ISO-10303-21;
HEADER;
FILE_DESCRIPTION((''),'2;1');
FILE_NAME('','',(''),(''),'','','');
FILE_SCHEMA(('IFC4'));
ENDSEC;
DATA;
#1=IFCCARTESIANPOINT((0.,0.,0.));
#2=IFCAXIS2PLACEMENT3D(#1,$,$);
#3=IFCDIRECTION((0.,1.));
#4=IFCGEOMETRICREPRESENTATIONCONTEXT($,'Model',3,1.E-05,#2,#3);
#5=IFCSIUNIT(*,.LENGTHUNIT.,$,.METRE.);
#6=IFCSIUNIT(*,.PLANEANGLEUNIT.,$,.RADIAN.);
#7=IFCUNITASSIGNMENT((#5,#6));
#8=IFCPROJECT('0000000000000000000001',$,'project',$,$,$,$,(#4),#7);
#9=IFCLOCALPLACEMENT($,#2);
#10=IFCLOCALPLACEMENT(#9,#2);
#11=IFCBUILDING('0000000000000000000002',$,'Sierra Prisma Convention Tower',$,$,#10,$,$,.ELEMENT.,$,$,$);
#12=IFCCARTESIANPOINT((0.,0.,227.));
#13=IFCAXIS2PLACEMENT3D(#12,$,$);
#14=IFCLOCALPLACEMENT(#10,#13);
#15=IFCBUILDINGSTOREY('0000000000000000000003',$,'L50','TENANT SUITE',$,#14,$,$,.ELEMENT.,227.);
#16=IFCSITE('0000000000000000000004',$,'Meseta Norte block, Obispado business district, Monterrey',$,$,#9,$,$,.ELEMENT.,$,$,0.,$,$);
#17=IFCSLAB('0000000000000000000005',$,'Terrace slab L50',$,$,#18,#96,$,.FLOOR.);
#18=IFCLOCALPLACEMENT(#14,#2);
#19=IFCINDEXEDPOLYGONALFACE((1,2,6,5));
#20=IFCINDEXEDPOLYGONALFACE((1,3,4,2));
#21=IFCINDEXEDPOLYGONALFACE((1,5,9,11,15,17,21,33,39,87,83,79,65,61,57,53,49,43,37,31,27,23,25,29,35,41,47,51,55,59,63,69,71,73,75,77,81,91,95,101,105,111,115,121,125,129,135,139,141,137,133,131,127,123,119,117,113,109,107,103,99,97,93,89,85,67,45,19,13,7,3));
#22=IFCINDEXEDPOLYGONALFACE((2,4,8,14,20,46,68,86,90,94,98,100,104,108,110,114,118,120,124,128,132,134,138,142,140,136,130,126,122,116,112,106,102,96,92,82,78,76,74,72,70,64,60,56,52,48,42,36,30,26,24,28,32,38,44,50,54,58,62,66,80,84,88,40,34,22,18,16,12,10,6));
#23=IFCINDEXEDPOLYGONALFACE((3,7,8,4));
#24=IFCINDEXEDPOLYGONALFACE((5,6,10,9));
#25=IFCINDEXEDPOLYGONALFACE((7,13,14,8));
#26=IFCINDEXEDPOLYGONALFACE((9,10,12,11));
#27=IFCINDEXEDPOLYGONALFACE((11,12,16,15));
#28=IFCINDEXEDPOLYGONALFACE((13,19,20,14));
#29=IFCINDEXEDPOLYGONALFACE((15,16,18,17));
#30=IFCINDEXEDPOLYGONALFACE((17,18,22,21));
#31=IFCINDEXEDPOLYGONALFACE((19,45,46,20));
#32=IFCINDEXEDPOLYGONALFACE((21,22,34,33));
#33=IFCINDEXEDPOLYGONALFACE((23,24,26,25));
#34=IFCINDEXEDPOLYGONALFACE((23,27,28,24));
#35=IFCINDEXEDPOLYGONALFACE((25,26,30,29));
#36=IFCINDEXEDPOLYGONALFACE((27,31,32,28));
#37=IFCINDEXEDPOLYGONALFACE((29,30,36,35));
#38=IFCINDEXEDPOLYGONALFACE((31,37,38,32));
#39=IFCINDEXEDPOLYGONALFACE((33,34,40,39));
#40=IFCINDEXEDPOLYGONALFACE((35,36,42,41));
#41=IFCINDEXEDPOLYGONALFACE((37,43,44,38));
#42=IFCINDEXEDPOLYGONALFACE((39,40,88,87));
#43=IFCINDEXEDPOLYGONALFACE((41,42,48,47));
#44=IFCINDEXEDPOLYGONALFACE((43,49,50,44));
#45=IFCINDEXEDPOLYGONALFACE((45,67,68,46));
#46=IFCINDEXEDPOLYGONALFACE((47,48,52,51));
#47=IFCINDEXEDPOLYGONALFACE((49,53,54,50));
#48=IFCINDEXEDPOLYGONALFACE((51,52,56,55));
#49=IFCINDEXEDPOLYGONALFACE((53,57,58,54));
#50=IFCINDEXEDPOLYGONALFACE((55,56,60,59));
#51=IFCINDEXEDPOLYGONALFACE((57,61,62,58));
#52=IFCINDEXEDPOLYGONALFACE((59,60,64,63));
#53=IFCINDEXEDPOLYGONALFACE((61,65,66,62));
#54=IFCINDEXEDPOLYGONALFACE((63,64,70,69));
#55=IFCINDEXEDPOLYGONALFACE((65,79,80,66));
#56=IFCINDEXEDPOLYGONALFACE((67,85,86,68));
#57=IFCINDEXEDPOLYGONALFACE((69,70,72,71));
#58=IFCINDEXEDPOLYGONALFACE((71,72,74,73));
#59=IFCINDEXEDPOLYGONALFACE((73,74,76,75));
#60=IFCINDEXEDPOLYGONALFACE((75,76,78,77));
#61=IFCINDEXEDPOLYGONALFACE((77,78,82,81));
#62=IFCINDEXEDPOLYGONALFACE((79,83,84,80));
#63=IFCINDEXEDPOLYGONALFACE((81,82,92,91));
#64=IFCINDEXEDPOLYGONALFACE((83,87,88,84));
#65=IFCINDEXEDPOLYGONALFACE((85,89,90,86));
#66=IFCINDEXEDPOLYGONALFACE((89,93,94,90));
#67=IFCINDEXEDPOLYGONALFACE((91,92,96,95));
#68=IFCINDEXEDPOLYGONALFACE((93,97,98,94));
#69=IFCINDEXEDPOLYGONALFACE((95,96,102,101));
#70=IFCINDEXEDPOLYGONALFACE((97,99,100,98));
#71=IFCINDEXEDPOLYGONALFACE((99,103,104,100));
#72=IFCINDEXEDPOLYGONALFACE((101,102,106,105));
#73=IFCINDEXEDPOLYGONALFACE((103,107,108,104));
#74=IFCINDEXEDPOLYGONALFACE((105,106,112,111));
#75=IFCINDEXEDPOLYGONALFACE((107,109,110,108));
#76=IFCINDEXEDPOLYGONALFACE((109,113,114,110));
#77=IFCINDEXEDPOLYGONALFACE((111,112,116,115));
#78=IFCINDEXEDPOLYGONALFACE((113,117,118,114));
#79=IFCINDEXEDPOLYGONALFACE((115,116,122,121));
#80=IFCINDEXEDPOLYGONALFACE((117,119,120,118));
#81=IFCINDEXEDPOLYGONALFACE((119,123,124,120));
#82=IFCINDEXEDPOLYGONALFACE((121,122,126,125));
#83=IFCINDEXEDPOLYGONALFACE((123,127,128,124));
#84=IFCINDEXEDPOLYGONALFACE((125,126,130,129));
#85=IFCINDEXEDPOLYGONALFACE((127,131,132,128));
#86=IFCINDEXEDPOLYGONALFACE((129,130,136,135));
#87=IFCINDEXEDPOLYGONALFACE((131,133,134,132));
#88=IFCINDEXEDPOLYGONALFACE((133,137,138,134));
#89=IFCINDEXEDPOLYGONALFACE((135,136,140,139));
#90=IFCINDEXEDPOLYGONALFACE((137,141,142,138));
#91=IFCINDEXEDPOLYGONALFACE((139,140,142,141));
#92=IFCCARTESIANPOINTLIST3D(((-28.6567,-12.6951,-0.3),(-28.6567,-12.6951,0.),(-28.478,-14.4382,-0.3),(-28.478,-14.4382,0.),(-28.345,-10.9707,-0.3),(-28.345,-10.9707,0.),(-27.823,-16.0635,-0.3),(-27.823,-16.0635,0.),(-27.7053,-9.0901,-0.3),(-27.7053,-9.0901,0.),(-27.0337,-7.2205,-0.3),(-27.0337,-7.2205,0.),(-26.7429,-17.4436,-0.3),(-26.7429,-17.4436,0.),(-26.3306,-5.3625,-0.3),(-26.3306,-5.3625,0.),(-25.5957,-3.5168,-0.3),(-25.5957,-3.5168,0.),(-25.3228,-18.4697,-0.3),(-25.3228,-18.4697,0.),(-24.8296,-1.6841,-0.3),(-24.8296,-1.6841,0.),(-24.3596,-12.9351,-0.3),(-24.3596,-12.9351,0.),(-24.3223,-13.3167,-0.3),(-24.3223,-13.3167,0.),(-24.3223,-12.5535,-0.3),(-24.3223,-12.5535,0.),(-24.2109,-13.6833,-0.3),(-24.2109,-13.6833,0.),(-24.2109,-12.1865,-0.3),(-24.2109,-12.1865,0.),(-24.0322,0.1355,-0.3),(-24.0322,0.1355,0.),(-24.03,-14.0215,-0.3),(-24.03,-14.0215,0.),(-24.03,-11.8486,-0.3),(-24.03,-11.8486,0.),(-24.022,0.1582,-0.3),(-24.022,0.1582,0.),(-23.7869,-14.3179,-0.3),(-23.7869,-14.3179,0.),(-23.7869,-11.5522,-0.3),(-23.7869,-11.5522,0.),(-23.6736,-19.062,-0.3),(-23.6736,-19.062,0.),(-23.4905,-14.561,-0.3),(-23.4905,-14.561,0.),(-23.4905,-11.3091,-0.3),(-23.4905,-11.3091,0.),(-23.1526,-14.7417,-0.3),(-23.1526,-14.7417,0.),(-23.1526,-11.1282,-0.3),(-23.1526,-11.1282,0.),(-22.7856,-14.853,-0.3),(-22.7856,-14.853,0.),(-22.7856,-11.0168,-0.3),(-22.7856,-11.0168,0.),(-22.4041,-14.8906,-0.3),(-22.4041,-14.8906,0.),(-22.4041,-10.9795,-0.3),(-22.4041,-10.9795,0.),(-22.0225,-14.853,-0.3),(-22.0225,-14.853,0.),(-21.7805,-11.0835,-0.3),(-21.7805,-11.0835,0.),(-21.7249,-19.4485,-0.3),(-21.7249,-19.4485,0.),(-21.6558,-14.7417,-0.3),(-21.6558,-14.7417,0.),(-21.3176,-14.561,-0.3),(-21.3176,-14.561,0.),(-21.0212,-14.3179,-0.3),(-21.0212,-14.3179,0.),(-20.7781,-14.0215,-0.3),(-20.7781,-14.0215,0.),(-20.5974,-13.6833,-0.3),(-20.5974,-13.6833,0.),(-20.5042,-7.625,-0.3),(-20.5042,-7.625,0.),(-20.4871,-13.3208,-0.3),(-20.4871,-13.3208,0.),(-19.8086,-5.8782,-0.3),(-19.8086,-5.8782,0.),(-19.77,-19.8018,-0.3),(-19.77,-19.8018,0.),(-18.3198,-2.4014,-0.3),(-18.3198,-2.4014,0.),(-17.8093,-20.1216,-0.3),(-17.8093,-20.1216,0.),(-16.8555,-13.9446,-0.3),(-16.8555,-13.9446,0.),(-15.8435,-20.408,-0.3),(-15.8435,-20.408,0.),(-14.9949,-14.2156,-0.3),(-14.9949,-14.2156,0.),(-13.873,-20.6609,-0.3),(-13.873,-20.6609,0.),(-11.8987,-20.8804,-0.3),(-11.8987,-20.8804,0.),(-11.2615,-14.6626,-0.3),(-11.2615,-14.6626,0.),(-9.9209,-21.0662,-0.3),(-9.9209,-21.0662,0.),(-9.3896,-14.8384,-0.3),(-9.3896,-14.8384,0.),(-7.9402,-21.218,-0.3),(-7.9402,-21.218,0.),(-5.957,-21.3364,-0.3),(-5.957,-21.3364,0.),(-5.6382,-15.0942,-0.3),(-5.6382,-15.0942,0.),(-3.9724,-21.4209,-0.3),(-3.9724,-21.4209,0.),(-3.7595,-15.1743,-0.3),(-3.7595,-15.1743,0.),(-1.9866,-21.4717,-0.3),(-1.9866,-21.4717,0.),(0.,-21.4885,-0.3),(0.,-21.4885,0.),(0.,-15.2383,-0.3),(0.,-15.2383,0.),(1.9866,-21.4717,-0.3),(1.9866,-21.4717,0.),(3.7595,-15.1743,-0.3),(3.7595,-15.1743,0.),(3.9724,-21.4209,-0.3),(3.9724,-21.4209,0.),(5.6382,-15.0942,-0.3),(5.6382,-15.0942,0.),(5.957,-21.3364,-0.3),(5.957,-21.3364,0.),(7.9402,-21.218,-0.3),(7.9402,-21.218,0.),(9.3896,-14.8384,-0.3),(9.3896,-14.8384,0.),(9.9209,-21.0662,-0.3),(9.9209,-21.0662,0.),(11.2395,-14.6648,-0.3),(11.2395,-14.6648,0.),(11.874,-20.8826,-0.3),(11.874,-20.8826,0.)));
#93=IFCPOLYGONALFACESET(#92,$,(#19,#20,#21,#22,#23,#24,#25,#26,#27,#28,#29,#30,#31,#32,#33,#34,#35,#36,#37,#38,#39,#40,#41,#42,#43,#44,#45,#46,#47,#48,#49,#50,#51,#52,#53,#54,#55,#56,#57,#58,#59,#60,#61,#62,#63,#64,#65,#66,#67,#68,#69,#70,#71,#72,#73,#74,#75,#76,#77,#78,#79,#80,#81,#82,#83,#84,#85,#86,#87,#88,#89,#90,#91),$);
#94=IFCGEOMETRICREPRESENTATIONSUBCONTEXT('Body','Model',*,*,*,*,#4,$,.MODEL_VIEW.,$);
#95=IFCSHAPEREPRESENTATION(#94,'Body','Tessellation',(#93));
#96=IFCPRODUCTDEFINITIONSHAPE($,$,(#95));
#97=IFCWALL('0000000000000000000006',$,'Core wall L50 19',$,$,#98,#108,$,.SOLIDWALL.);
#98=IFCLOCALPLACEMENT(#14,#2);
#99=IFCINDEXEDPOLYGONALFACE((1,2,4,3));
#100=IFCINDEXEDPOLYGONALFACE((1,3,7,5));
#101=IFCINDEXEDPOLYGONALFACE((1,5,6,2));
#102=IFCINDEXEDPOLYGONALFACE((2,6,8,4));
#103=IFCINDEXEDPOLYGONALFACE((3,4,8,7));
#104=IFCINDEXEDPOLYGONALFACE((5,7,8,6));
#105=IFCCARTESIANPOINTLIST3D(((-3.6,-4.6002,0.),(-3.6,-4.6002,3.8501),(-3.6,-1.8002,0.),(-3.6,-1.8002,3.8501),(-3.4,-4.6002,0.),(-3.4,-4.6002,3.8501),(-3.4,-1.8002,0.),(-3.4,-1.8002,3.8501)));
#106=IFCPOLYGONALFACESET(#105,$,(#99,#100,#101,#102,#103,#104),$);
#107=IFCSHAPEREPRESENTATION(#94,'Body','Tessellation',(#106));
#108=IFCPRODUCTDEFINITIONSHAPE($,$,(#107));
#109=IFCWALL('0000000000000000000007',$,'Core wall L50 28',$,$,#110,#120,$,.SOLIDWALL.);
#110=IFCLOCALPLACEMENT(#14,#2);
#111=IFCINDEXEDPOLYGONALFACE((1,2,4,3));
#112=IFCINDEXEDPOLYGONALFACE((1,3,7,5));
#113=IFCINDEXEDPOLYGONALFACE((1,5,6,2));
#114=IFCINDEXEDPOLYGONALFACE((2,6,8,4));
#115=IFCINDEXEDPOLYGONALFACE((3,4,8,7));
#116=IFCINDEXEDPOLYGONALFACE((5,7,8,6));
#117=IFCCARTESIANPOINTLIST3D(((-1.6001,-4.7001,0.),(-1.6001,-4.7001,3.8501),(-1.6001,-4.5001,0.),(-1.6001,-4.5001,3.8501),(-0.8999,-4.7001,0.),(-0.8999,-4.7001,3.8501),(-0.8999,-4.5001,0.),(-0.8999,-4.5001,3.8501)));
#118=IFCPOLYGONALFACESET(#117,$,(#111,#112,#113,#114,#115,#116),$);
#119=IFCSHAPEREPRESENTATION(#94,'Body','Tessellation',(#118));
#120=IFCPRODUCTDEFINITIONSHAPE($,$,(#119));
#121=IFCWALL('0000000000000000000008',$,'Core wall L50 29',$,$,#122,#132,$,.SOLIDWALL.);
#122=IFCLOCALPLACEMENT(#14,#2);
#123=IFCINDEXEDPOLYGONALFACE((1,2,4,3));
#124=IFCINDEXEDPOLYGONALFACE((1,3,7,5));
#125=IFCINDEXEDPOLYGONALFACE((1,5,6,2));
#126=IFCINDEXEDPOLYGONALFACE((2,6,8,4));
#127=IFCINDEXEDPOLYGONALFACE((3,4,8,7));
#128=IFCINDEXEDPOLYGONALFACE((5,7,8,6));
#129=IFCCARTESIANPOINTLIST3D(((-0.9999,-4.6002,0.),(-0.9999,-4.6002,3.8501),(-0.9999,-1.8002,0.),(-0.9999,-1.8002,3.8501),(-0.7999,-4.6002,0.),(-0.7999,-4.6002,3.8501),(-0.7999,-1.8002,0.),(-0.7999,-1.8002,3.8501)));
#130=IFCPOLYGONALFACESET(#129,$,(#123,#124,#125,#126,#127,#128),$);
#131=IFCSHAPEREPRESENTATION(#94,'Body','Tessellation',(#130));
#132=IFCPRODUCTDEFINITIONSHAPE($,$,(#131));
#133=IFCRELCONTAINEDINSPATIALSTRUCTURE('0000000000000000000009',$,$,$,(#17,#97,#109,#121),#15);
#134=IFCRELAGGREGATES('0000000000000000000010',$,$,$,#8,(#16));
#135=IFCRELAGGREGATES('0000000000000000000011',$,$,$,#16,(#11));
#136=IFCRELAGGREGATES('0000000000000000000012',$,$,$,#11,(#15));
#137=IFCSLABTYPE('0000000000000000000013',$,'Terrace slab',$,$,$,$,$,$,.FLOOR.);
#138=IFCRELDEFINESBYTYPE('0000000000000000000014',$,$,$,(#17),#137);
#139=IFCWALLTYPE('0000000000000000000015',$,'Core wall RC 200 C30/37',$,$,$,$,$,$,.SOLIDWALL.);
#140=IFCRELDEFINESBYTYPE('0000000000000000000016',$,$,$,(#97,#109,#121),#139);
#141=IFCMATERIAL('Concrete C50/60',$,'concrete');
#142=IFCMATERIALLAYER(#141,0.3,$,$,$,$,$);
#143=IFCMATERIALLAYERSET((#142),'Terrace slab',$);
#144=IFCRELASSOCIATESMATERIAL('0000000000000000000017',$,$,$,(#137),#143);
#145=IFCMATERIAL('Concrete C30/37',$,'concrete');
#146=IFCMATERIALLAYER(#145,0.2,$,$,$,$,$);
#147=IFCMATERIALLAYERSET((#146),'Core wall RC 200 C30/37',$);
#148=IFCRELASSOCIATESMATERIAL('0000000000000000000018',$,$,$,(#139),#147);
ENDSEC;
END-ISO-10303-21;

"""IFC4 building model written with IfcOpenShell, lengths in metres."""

from ifc_helpers import new_model, si_unit, direction, frame, frame_2d, origin, place, context, subcontext, project, spatial, polyline, rectangle, outline, extrude, material, layer, layer_set, type_object, element, save


model = new_model("IFC4")

# Units and contexts
model_context = context("Model", 3, precision=1e-05, world=origin(), true_north=direction((0.0, 1.0)))
body_context = subcontext(model_context, "Body", "Model", "MODEL_VIEW")
ifc_project = project(units=[si_unit("LENGTHUNIT", "METRE"), si_unit("PLANEANGLEUNIT", "RADIAN")], contexts=[model_context])

# Site, building, storey
site_placement = place(None, origin())
site = spatial("IfcSite", under=ifc_project, at=site_placement, Name="Meseta Norte block, Obispado business district, Monterrey", CompositionType="ELEMENT", RefElevation=0.0)
building_placement = place(site_placement, origin())
building = spatial("IfcBuilding", under=site, at=building_placement, Name="Sierra Prisma Convention Tower", CompositionType="ELEMENT")
storey_placement = place(building_placement, frame((0.0, 0.0, 227.0)))
storey = spatial("IfcBuildingStorey", under=building, at=storey_placement, Name="L50", Description="TENANT SUITE", CompositionType="ELEMENT", Elevation=227.0)

# Slab
ifc_material_1 = material(Name="Concrete C50/60", Category="concrete")
ifc_layer_1 = layer(ifc_material_1, 0.3)
ifc_layer_set_1 = layer_set([ifc_layer_1], Name="Terrace slab")
slab_type_1 = type_object("IfcSlabType", Name="Terrace slab", PredefinedType="FLOOR", material=ifc_layer_set_1)
slab_1_placement = place(storey_placement, frame((0.0, 0.0, -0.3)))
element("IfcSlab", 1, at=slab_1_placement, inside=storey, type_object=slab_type_1, Name="Terrace slab L50", PredefinedType="FLOOR", context=body_context, shape_type="SweptSolid", body=[
    extrude(outline(polyline([(-24.022, 0.1582), (-24.0322, 0.1355), (-24.8296, -1.6841), (-25.5957, -3.5168), (-26.3306, -5.3625), (-27.0337, -7.2205), (-27.7053, -9.0901), (-28.345, -10.9707), (-28.6567, -12.6951), (-28.478, -14.4382), (-27.823, -16.0635), (-26.7429, -17.4436), (-25.3228, -18.4697), (-23.6736, -19.062), (-21.7249, -19.4485), (-19.77, -19.8018), (-17.8093, -20.1216), (-15.8435, -20.408), (-13.873, -20.6609), (-11.8987, -20.8804), (-9.9209, -21.0662), (-7.9402, -21.218), (-5.957, -21.3364), (-3.9724, -21.4209), (-1.9866, -21.4717), (0.0, -21.4885), (1.9866, -21.4717), (3.9724, -21.4209), (5.957, -21.3364), (7.9402, -21.218), (9.9209, -21.0662), (11.874, -20.8826), (11.2395, -14.6648), (9.3896, -14.8384), (5.6382, -15.0942), (3.7595, -15.1743), (0.0, -15.2383), (-3.7595, -15.1743), (-5.6382, -15.0942), (-9.3896, -14.8384), (-11.2615, -14.6626), (-14.9949, -14.2156), (-16.8555, -13.9446), (-20.4871, -13.3208), (-20.5974, -13.6833), (-20.7781, -14.0215), (-21.0212, -14.3179), (-21.3176, -14.561), (-21.6558, -14.7417), (-22.0225, -14.853), (-22.4041, -14.8906), (-22.7856, -14.853), (-23.1526, -14.7417), (-23.4905, -14.561), (-23.7869, -14.3179), (-24.03, -14.0215), (-24.2109, -13.6833), (-24.3223, -13.3167), (-24.3596, -12.9351), (-24.3223, -12.5535), (-24.2109, -12.1865), (-24.03, -11.8486), (-23.7869, -11.5522), (-23.4905, -11.3091), (-23.1526, -11.1282), (-22.7856, -11.0168), (-22.4041, -10.9795), (-21.7805, -11.0835), (-20.5042, -7.625), (-19.8086, -5.8782), (-18.3198, -2.4014), (-24.022, 0.1582)])), origin(), (0.0, 0.0, 1.0), 0.3),
])

# Shared definitions
ifc_material_2 = material(Name="Concrete C30/37", Category="concrete")
ifc_layer_2 = layer(ifc_material_2, 0.2)
ifc_layer_set_2 = layer_set([ifc_layer_2], Name="Core wall RC 200 C30/37")
wall_type = type_object("IfcWallType", Name="Core wall RC 200 C30/37", PredefinedType="SOLIDWALL", material=ifc_layer_set_2)

# Wall
wall_1_placement = place(storey_placement, frame((-3.5, -4.6001, 0.0), z_axis=(0.0, 0.0, 1.0), x_axis=(0.0, 1.0, 0.0)))
element("IfcWall", 2, at=wall_1_placement, inside=storey, type_object=wall_type, Name="Core wall L50 19", PredefinedType="SOLIDWALL", context=body_context, shape_type="SweptSolid", body=[
    extrude(rectangle(XDim=2.8, YDim=0.2, at=frame_2d((1.3999, 0.0))), origin(), (0.0, 0.0, 1.0), 3.8501),
])

# Walls
wall_2_placement = place(storey_placement, frame((-1.6001, -4.6001, 0.0), z_axis=(0.0, 0.0, 1.0), x_axis=(1.0, 0.0, 0.0)))
element("IfcWall", 3, at=wall_2_placement, inside=storey, type_object=wall_type, Name="Core wall L50 28", PredefinedType="SOLIDWALL", context=body_context, shape_type="SweptSolid", body=[
    extrude(rectangle(XDim=0.7002, YDim=0.2, at=frame_2d((0.3501, 0.0))), origin(), (0.0, 0.0, 1.0), 3.8501),
])
wall_3_placement = place(storey_placement, frame((-0.8999, -4.6001, 0.0), z_axis=(0.0, 0.0, 1.0), x_axis=(0.0, 1.0, 0.0)))
element("IfcWall", 4, at=wall_3_placement, inside=storey, type_object=wall_type, Name="Core wall L50 29", PredefinedType="SOLIDWALL", context=body_context, shape_type="SweptSolid", body=[
    extrude(rectangle(XDim=2.8, YDim=0.2, at=frame_2d((1.3999, 0.0))), origin(), (0.0, 0.0, 1.0), 3.8501),
])

save(model, "model.ifc")
